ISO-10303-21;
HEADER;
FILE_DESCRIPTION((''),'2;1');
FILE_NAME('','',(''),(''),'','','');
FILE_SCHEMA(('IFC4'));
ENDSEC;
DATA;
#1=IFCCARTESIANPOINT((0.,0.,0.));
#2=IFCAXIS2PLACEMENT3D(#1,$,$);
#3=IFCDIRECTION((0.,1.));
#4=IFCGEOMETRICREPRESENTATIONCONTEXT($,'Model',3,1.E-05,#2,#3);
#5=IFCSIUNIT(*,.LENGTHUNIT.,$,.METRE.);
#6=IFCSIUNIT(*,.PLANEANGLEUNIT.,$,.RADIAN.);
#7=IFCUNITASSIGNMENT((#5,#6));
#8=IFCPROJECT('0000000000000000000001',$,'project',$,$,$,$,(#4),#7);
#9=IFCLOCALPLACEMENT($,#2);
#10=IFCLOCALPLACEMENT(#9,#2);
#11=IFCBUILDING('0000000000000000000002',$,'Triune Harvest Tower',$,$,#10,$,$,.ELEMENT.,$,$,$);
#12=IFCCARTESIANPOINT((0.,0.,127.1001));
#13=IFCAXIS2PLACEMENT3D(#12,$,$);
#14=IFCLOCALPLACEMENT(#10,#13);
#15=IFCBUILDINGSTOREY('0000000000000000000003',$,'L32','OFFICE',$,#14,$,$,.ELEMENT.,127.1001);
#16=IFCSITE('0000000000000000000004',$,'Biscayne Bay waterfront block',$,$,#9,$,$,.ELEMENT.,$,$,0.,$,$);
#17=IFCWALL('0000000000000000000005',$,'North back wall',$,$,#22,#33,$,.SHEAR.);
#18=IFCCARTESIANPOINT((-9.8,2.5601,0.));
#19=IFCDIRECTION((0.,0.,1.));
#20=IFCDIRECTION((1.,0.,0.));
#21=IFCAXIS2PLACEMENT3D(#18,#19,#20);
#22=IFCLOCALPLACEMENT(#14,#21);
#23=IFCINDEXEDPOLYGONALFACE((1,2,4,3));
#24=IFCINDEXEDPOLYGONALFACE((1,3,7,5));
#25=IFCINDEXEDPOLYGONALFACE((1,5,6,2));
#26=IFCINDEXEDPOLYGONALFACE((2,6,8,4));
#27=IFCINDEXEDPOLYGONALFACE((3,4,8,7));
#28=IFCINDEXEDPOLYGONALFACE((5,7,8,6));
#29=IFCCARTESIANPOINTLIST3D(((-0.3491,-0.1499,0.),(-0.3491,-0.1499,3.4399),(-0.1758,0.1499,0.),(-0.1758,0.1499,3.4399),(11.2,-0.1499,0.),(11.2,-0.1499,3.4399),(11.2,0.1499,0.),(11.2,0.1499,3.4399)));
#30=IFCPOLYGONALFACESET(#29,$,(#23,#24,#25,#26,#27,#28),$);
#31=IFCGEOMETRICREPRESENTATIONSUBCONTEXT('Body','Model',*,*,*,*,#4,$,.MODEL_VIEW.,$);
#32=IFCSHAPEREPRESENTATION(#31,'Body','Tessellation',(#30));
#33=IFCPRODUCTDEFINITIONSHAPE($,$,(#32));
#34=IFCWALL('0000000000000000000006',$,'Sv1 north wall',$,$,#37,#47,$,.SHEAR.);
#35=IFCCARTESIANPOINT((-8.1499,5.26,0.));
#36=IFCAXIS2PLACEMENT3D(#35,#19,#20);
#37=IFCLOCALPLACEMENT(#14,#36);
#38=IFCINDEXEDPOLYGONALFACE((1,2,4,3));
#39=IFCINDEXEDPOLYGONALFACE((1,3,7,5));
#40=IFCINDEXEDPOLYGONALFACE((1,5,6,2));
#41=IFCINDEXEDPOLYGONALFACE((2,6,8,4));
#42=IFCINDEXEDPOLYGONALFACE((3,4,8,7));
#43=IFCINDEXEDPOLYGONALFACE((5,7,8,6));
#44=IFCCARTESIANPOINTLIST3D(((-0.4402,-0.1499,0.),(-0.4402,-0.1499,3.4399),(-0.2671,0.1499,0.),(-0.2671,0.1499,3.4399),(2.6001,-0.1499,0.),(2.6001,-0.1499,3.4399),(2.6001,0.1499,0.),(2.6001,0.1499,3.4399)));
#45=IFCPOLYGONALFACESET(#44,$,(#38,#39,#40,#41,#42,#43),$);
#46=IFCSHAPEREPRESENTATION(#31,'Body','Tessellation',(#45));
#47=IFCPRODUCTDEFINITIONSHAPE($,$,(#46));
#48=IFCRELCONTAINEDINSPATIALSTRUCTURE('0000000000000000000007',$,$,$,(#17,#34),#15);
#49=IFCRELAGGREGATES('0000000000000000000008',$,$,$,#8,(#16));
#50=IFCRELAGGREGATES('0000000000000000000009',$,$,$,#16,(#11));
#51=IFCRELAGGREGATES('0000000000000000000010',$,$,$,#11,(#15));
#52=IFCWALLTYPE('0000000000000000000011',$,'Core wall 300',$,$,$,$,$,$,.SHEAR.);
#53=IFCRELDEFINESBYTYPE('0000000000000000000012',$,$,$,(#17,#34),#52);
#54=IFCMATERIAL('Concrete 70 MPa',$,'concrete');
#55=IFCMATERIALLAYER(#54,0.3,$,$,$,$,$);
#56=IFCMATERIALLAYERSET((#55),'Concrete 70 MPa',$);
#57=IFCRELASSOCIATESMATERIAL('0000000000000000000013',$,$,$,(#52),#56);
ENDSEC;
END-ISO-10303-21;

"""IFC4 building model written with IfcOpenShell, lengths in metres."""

from ifc_helpers import new_model, si_unit, direction, frame, origin, place, context, subcontext, project, spatial, polyline, outline, extrude, source, transform, mapped, material, layer, layer_set, type_object, element, save


model = new_model("IFC4")

# Units and contexts
model_context = context("Model", 3, precision=1e-05, world=origin(), true_north=direction((0.0, 1.0)))
body_context = subcontext(model_context, "Body", "Model", "MODEL_VIEW")
ifc_project = project(units=[si_unit("LENGTHUNIT", "METRE"), si_unit("PLANEANGLEUNIT", "RADIAN")], contexts=[model_context])

# Site, building, storey
site_placement = place(None, origin())
site = spatial("IfcSite", under=ifc_project, at=site_placement, Name="Biscayne Bay waterfront block", CompositionType="ELEMENT", RefElevation=0.0)
building_placement = place(site_placement, origin())
building = spatial("IfcBuilding", under=site, at=building_placement, Name="Triune Harvest Tower", CompositionType="ELEMENT")
storey_placement = place(building_placement, frame((0.0, 0.0, 127.1001)))
storey = spatial("IfcBuildingStorey", under=building, at=storey_placement, Name="L32", Description="OFFICE", CompositionType="ELEMENT", Elevation=127.1001)

# Shared definitions
ifc_material_1 = material(Name="Concrete 70 MPa", Category="concrete")
ifc_layer_1 = layer(ifc_material_1, 0.3)
ifc_layer_set_1 = layer_set([ifc_layer_1], Name="Concrete 70 MPa")
wall_type_1 = type_object("IfcWallType", Name="Core wall 300", PredefinedType="SHEAR", material=ifc_layer_set_1)

# Wall
shared_shape_1 = source(origin(), body_context, "Body", "SweptSolid", [
    extrude(outline(polyline([(11.2, -0.1499), (-0.3491, -0.1499), (-0.1758, 0.1499), (11.2, 0.1499), (11.2, -0.1499)])), origin(), (0.0, 0.0, 1.0), 3.4399),
])
wall_1_placement = place(storey_placement, frame((-9.8, 2.5601, 0.0), z_axis=(0.0, 0.0, 1.0), x_axis=(1.0, 0.0, 0.0)))
element("IfcWall", 1, at=wall_1_placement, inside=storey, type_object=wall_type_1, Name="North back wall", PredefinedType="SHEAR", context=body_context, shape_type="MappedRepresentation", body=[
    mapped(shared_shape_1, transform((0.0, 0.0, 0.0), scale=1.0)),
])

# Wall
shared_shape_2 = source(origin(), body_context, "Body", "SweptSolid", [
    extrude(outline(polyline([(2.6001, -0.1499), (-0.4402, -0.1499), (-0.2671, 0.1499), (2.6001, 0.1499), (2.6001, -0.1499)])), origin(), (0.0, 0.0, 1.0), 3.4399),
])
wall_2_placement = place(storey_placement, frame((-8.1499, 5.26, 0.0), z_axis=(0.0, 0.0, 1.0), x_axis=(1.0, 0.0, 0.0)))
element("IfcWall", 2, at=wall_2_placement, inside=storey, type_object=wall_type_1, Name="Sv1 north wall", PredefinedType="SHEAR", context=body_context, shape_type="MappedRepresentation", body=[
    mapped(shared_shape_2, transform((0.0, 0.0, 0.0), scale=1.0)),
])

save(model, "model.ifc")
